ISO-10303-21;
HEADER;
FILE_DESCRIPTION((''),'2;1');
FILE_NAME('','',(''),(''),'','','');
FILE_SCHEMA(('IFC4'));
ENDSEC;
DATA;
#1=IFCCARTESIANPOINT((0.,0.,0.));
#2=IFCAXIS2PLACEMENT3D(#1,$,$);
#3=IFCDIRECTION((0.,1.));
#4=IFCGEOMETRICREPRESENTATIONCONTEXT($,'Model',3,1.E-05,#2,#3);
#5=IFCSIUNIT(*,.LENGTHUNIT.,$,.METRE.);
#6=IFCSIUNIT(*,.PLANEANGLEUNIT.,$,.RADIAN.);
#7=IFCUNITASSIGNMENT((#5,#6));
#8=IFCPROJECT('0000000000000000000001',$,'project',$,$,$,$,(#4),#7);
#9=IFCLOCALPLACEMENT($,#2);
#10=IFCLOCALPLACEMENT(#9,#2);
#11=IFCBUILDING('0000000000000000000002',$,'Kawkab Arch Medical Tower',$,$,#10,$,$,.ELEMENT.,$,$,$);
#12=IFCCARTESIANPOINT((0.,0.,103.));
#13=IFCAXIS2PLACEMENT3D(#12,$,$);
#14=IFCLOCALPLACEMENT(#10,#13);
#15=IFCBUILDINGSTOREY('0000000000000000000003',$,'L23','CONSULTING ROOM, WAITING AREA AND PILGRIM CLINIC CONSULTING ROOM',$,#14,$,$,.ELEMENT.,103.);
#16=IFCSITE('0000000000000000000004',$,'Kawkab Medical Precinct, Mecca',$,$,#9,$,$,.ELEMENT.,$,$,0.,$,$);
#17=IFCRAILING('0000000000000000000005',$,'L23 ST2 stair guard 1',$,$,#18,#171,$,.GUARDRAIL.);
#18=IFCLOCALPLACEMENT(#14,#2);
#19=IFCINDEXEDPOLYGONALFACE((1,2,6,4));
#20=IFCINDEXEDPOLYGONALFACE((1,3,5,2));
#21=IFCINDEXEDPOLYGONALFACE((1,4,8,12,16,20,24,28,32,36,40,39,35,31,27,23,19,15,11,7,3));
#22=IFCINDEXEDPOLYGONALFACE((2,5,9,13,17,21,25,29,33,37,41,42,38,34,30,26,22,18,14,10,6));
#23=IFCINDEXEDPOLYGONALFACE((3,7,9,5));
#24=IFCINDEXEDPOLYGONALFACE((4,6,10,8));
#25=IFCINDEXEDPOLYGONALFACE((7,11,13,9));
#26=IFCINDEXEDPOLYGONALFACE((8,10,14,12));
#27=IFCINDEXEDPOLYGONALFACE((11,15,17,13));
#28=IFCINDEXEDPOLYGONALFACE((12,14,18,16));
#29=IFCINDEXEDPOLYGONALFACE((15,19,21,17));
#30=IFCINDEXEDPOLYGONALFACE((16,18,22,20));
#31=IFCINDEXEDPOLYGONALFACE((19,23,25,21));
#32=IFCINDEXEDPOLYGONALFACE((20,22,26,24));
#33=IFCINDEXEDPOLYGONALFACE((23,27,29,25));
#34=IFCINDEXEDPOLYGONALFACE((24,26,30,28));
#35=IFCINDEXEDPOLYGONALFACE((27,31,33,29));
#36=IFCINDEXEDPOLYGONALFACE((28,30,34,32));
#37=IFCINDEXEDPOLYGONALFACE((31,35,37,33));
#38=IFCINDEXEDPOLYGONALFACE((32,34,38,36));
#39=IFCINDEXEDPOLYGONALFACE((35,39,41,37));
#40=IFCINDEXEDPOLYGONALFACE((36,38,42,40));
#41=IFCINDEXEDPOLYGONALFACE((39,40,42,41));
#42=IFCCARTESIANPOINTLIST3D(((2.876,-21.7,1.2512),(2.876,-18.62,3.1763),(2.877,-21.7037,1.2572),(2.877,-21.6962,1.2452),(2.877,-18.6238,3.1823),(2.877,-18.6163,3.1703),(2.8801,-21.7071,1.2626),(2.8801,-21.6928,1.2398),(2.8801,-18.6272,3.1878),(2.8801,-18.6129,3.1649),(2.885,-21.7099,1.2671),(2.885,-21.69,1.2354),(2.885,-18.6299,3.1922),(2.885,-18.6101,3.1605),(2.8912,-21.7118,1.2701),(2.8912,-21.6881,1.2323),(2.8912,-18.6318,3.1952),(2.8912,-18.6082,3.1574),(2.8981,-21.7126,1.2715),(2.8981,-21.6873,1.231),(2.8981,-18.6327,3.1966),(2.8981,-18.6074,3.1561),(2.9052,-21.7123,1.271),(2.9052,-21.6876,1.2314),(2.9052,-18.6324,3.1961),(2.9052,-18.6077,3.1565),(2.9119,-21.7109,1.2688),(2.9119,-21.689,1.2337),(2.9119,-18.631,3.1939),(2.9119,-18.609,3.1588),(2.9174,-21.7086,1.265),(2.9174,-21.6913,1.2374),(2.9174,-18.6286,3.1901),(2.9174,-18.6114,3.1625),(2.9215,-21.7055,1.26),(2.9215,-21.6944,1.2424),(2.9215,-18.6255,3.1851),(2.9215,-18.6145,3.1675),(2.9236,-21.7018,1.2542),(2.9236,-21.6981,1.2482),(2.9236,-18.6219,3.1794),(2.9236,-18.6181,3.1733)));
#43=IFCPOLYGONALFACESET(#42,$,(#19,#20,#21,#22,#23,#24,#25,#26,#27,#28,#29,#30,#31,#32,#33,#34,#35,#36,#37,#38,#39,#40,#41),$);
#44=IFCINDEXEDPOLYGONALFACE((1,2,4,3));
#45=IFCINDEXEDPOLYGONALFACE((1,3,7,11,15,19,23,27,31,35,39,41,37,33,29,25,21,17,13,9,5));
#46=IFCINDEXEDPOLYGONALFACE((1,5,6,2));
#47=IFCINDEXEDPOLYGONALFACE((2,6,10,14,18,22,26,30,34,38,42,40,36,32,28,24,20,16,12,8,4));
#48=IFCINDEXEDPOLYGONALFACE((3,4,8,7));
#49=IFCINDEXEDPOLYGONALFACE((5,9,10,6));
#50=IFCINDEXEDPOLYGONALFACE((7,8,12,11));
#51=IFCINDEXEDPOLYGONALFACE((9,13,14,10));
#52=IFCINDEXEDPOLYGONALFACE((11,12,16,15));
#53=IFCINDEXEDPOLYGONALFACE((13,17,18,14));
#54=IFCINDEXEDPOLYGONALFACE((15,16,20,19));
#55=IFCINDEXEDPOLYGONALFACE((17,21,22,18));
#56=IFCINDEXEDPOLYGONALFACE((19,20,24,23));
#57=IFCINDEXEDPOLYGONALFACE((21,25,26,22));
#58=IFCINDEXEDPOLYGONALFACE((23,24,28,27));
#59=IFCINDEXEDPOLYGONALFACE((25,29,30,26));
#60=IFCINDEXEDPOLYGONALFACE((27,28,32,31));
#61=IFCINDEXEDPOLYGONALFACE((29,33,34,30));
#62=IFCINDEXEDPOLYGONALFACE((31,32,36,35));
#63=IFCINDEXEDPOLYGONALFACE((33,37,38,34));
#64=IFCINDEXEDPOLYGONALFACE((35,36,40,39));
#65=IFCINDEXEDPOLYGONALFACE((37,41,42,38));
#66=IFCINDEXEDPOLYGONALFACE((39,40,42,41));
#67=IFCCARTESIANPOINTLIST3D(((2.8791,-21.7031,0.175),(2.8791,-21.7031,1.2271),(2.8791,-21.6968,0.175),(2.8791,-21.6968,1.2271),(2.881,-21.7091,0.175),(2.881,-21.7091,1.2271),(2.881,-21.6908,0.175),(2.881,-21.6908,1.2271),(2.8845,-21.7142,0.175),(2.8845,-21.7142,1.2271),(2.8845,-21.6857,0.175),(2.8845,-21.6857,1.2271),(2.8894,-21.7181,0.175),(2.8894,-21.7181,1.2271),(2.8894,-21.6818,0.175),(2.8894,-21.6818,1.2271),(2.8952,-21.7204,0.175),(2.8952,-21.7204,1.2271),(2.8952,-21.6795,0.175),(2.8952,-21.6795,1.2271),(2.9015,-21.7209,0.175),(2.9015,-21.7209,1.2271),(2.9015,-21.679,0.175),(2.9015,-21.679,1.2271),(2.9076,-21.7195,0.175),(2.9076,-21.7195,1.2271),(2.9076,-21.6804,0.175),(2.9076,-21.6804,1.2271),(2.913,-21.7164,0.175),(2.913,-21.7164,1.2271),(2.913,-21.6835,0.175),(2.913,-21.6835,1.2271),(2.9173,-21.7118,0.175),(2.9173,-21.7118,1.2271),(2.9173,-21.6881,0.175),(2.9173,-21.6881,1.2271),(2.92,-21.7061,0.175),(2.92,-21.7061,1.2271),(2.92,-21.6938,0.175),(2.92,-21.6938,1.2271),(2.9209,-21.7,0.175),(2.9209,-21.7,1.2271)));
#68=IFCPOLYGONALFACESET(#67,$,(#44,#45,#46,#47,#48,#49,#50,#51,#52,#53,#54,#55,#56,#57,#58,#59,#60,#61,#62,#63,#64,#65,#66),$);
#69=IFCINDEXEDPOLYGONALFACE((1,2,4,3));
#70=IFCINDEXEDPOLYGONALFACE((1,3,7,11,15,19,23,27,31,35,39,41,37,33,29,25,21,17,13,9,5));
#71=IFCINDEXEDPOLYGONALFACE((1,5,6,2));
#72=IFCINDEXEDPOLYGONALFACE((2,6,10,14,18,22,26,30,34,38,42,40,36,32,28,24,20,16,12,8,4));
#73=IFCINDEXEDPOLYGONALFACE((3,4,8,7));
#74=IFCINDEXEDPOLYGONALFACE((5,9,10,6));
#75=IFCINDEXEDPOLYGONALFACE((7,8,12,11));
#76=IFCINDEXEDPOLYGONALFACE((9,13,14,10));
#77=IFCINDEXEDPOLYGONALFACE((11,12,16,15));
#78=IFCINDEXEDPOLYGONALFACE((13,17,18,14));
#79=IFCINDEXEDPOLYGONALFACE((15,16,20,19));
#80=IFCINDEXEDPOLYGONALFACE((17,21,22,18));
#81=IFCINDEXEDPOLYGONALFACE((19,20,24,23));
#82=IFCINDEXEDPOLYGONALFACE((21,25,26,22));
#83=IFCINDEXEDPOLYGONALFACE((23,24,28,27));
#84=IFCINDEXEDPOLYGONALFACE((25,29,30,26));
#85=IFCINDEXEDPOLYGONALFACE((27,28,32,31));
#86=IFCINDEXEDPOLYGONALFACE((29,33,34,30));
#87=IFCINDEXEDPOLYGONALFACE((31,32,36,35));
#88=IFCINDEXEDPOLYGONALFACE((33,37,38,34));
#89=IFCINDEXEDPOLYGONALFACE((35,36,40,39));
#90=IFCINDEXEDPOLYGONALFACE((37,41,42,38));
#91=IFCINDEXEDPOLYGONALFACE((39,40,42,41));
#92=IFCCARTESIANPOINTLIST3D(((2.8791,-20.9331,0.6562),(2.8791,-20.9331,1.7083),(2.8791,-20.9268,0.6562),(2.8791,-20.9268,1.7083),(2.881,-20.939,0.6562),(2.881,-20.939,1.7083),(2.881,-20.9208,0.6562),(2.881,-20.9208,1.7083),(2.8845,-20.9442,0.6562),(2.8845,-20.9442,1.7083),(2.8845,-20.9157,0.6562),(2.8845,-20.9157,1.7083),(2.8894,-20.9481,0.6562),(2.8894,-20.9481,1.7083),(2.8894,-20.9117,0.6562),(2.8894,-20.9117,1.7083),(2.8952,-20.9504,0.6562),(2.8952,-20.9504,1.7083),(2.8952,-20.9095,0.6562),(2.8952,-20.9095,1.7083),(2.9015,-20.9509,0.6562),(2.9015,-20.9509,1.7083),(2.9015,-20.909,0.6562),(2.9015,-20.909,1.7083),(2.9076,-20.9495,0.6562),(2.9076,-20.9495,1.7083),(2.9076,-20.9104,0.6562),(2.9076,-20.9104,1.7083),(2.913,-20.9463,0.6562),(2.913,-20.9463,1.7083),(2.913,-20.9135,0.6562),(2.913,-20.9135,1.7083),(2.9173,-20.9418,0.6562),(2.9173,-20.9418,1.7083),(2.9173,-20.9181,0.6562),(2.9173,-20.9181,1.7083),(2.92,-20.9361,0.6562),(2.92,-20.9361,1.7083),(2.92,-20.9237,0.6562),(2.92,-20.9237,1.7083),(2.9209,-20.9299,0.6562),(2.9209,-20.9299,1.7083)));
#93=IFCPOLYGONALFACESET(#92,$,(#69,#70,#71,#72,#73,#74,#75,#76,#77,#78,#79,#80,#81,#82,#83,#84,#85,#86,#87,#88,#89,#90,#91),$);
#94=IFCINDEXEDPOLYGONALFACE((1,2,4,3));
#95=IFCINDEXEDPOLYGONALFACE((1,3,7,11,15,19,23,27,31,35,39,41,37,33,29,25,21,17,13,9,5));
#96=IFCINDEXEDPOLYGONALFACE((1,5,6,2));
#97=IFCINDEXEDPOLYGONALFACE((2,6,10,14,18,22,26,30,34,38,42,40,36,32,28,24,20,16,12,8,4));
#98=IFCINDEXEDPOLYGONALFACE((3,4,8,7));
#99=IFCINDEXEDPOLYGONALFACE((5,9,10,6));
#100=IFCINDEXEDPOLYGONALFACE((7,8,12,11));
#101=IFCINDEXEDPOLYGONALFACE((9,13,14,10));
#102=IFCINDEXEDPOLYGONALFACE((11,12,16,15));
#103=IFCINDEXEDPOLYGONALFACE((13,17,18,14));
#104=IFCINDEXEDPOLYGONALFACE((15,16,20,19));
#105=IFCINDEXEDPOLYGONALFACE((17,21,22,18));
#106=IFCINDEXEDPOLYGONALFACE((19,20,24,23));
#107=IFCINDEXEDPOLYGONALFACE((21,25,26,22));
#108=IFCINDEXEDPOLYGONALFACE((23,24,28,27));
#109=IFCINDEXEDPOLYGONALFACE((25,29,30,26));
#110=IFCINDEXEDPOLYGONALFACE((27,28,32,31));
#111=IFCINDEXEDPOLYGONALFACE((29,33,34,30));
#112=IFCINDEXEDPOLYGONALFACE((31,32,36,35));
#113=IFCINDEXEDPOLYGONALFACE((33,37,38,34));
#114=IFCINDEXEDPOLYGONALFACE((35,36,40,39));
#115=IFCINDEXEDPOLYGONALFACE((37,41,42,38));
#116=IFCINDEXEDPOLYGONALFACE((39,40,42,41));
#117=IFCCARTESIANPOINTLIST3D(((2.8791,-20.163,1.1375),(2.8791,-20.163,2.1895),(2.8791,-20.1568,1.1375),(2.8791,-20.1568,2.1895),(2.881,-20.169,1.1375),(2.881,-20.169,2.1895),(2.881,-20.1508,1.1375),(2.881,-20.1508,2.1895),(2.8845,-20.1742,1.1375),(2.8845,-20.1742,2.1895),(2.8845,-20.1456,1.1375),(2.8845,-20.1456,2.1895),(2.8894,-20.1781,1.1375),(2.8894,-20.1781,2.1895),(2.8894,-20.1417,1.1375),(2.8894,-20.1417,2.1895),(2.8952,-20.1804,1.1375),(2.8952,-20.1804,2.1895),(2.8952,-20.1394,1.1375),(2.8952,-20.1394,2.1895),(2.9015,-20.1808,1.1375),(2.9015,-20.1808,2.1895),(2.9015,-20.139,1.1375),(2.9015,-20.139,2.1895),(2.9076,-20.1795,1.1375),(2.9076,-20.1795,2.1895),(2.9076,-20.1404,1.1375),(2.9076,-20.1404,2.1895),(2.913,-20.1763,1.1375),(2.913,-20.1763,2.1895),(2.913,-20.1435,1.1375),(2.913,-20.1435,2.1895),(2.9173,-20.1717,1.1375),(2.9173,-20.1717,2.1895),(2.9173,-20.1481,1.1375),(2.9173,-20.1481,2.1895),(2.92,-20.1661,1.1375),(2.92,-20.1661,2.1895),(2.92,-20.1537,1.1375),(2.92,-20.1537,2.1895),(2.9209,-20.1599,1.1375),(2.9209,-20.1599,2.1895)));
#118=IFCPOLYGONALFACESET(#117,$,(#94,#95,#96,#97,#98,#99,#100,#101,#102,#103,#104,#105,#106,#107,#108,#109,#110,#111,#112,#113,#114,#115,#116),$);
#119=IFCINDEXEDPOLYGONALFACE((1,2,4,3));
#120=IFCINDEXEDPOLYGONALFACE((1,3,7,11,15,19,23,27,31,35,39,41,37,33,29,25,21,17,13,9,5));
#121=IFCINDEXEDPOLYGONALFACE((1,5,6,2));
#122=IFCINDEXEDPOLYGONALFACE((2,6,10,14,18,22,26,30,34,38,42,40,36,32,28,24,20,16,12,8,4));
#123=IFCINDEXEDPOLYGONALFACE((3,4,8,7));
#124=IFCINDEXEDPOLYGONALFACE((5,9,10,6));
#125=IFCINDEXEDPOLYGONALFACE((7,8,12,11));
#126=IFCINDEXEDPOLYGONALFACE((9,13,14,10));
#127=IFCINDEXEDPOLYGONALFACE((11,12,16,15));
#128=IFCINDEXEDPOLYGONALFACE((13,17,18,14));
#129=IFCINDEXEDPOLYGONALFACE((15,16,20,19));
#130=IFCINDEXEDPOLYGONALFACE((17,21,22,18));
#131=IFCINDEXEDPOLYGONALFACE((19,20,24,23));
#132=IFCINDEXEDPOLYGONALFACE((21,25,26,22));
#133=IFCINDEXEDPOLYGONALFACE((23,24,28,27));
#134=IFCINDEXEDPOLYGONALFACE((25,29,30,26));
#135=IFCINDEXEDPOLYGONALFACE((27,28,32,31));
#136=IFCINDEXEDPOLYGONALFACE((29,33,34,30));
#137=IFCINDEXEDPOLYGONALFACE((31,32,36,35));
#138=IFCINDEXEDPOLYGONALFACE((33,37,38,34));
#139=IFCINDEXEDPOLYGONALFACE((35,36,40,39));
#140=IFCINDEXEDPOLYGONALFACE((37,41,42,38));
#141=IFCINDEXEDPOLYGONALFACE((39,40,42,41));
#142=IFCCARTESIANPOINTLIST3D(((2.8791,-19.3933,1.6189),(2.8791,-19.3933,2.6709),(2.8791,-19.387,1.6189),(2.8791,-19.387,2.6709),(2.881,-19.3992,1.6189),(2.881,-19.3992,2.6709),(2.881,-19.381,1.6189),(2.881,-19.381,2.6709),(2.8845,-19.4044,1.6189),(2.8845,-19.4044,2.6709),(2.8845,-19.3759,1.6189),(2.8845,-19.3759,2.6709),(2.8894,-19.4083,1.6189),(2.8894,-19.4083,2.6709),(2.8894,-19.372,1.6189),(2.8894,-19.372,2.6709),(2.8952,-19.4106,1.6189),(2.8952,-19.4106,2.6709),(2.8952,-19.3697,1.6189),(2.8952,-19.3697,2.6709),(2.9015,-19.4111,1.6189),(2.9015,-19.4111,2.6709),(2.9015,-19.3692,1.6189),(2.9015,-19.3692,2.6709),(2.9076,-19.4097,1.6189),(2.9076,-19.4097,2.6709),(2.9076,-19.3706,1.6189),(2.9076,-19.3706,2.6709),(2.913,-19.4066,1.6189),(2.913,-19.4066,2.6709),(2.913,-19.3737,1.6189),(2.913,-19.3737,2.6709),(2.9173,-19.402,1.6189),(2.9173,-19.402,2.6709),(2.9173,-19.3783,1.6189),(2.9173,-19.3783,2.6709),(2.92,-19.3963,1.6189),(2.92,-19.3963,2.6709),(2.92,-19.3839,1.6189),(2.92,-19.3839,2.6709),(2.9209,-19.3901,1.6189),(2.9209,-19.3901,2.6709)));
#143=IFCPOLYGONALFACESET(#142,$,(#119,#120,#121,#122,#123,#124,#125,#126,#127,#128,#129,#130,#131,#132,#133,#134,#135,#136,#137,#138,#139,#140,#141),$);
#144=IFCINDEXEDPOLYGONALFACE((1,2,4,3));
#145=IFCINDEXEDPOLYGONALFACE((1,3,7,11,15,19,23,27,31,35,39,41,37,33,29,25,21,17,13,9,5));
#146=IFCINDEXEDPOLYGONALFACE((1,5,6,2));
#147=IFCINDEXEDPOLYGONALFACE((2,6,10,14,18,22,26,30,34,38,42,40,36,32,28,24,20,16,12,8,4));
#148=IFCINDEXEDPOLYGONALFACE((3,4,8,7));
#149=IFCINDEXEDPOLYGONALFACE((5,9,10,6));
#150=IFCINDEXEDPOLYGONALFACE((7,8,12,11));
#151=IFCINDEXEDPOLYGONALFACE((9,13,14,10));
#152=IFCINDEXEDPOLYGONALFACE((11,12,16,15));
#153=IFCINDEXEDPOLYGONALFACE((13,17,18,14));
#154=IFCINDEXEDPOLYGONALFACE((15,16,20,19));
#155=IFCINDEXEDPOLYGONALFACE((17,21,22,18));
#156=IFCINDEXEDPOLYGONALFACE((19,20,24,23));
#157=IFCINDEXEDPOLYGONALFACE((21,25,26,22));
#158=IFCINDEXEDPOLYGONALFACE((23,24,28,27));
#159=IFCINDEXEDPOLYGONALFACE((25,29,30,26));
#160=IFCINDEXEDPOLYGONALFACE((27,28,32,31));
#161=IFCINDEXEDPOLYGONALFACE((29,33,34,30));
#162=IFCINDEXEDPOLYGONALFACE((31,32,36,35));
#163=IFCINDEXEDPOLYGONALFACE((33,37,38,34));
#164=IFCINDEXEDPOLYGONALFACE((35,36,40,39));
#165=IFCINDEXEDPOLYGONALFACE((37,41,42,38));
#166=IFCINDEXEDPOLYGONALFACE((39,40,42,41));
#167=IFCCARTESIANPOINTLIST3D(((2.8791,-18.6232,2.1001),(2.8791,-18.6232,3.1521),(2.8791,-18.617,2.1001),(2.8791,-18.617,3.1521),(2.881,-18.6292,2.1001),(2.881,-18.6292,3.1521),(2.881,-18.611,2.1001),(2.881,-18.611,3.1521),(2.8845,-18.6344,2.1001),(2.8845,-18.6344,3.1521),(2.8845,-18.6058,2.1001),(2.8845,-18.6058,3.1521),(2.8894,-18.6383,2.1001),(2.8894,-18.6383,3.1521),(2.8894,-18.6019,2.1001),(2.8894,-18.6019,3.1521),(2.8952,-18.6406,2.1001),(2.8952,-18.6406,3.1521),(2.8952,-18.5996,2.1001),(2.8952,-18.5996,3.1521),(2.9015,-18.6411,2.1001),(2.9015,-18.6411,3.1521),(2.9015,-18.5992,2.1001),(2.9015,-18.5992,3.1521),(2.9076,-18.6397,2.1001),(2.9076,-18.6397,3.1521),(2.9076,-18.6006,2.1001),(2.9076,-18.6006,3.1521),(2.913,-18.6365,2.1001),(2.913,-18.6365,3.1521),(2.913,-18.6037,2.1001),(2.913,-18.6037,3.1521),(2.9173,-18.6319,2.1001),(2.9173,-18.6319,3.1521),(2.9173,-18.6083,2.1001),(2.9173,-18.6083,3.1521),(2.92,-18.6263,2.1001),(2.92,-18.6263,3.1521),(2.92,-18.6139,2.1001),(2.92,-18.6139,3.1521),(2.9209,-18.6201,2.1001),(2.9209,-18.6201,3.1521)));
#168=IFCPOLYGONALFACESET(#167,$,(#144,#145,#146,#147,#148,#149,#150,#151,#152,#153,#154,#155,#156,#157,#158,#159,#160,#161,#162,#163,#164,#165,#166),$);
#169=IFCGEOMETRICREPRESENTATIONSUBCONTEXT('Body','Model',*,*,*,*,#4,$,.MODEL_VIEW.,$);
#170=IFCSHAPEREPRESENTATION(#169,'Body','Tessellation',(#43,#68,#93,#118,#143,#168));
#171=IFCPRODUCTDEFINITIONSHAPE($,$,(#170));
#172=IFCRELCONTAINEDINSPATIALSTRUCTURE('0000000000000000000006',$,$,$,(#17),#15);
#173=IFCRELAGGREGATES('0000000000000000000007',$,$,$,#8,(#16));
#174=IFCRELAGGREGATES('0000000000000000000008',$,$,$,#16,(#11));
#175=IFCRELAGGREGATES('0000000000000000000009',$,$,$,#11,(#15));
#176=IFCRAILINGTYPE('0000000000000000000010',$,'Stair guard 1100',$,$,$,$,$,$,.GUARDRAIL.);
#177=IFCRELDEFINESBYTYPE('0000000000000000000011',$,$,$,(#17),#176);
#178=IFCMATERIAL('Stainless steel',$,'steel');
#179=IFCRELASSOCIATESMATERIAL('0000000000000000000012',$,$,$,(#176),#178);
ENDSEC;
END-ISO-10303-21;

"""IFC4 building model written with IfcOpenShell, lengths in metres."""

from ifc_helpers import new_model, si_unit, direction, frame, origin, origin_2d, place, context, subcontext, project, spatial, circle, extrude, material, type_object, element, save


model = new_model("IFC4")

# Units and contexts
model_context = context("Model", 3, precision=1e-05, world=origin(), true_north=direction((0.0, 1.0)))
body_context = subcontext(model_context, "Body", "Model", "MODEL_VIEW")
ifc_project = project(units=[si_unit("LENGTHUNIT", "METRE"), si_unit("PLANEANGLEUNIT", "RADIAN")], contexts=[model_context])

# Site, building, storey
site_placement = place(None, origin())
site = spatial("IfcSite", under=ifc_project, at=site_placement, Name="Kawkab Medical Precinct, Mecca", CompositionType="ELEMENT", RefElevation=0.0)
building_placement = place(site_placement, origin())
building = spatial("IfcBuilding", under=site, at=building_placement, Name="Kawkab Arch Medical Tower", CompositionType="ELEMENT")
storey_placement = place(building_placement, frame((0.0, 0.0, 103.0)))
storey = spatial("IfcBuildingStorey", under=building, at=storey_placement, Name="L23", Description="CONSULTING ROOM, WAITING AREA AND PILGRIM CLINIC CONSULTING ROOM", CompositionType="ELEMENT", Elevation=103.0)

# Railing
ifc_material_1 = material(Name="Stainless steel", Category="steel")
railing_type_1 = type_object("IfcRailingType", Name="Stair guard 1100", PredefinedType="GUARDRAIL", material=ifc_material_1)
railing_1_placement = place(storey_placement, frame((2.8999, -21.7, 0.175)))
element("IfcRailing", 1, at=railing_1_placement, inside=storey, type_object=railing_type_1, Name="L23 ST2 stair guard 1", PredefinedType="GUARDRAIL", context=body_context, shape_type="SweptSolid", body=[
    extrude(circle(Radius=0.0239, at=origin_2d()), frame((0.0, 0.0, 1.0762), z_axis=(0.0, 0.847979, 0.530029), x_axis=(-1.0, 0.0, 0.0)), (0.0, 0.0, 1.0), 3.6321),
    extrude(circle(Radius=0.021, at=origin_2d()), origin(), (0.0, 0.0, 1.0), 1.052),
    extrude(circle(Radius=0.021, at=origin_2d()), frame((0.0, 0.77, 0.4812)), (0.0, 0.0, 1.0), 1.052),
    extrude(circle(Radius=0.021, at=origin_2d()), frame((0.0, 1.54, 0.9624)), (0.0, 0.0, 1.0), 1.052),
    extrude(circle(Radius=0.021, at=origin_2d()), frame((0.0, 2.3098, 1.4438)), (0.0, 0.0, 1.0), 1.052),
    extrude(circle(Radius=0.021, at=origin_2d()), frame((0.0, 3.0798, 1.925)), (0.0, 0.0, 1.0), 1.052),
])

save(model, "model.ifc")
